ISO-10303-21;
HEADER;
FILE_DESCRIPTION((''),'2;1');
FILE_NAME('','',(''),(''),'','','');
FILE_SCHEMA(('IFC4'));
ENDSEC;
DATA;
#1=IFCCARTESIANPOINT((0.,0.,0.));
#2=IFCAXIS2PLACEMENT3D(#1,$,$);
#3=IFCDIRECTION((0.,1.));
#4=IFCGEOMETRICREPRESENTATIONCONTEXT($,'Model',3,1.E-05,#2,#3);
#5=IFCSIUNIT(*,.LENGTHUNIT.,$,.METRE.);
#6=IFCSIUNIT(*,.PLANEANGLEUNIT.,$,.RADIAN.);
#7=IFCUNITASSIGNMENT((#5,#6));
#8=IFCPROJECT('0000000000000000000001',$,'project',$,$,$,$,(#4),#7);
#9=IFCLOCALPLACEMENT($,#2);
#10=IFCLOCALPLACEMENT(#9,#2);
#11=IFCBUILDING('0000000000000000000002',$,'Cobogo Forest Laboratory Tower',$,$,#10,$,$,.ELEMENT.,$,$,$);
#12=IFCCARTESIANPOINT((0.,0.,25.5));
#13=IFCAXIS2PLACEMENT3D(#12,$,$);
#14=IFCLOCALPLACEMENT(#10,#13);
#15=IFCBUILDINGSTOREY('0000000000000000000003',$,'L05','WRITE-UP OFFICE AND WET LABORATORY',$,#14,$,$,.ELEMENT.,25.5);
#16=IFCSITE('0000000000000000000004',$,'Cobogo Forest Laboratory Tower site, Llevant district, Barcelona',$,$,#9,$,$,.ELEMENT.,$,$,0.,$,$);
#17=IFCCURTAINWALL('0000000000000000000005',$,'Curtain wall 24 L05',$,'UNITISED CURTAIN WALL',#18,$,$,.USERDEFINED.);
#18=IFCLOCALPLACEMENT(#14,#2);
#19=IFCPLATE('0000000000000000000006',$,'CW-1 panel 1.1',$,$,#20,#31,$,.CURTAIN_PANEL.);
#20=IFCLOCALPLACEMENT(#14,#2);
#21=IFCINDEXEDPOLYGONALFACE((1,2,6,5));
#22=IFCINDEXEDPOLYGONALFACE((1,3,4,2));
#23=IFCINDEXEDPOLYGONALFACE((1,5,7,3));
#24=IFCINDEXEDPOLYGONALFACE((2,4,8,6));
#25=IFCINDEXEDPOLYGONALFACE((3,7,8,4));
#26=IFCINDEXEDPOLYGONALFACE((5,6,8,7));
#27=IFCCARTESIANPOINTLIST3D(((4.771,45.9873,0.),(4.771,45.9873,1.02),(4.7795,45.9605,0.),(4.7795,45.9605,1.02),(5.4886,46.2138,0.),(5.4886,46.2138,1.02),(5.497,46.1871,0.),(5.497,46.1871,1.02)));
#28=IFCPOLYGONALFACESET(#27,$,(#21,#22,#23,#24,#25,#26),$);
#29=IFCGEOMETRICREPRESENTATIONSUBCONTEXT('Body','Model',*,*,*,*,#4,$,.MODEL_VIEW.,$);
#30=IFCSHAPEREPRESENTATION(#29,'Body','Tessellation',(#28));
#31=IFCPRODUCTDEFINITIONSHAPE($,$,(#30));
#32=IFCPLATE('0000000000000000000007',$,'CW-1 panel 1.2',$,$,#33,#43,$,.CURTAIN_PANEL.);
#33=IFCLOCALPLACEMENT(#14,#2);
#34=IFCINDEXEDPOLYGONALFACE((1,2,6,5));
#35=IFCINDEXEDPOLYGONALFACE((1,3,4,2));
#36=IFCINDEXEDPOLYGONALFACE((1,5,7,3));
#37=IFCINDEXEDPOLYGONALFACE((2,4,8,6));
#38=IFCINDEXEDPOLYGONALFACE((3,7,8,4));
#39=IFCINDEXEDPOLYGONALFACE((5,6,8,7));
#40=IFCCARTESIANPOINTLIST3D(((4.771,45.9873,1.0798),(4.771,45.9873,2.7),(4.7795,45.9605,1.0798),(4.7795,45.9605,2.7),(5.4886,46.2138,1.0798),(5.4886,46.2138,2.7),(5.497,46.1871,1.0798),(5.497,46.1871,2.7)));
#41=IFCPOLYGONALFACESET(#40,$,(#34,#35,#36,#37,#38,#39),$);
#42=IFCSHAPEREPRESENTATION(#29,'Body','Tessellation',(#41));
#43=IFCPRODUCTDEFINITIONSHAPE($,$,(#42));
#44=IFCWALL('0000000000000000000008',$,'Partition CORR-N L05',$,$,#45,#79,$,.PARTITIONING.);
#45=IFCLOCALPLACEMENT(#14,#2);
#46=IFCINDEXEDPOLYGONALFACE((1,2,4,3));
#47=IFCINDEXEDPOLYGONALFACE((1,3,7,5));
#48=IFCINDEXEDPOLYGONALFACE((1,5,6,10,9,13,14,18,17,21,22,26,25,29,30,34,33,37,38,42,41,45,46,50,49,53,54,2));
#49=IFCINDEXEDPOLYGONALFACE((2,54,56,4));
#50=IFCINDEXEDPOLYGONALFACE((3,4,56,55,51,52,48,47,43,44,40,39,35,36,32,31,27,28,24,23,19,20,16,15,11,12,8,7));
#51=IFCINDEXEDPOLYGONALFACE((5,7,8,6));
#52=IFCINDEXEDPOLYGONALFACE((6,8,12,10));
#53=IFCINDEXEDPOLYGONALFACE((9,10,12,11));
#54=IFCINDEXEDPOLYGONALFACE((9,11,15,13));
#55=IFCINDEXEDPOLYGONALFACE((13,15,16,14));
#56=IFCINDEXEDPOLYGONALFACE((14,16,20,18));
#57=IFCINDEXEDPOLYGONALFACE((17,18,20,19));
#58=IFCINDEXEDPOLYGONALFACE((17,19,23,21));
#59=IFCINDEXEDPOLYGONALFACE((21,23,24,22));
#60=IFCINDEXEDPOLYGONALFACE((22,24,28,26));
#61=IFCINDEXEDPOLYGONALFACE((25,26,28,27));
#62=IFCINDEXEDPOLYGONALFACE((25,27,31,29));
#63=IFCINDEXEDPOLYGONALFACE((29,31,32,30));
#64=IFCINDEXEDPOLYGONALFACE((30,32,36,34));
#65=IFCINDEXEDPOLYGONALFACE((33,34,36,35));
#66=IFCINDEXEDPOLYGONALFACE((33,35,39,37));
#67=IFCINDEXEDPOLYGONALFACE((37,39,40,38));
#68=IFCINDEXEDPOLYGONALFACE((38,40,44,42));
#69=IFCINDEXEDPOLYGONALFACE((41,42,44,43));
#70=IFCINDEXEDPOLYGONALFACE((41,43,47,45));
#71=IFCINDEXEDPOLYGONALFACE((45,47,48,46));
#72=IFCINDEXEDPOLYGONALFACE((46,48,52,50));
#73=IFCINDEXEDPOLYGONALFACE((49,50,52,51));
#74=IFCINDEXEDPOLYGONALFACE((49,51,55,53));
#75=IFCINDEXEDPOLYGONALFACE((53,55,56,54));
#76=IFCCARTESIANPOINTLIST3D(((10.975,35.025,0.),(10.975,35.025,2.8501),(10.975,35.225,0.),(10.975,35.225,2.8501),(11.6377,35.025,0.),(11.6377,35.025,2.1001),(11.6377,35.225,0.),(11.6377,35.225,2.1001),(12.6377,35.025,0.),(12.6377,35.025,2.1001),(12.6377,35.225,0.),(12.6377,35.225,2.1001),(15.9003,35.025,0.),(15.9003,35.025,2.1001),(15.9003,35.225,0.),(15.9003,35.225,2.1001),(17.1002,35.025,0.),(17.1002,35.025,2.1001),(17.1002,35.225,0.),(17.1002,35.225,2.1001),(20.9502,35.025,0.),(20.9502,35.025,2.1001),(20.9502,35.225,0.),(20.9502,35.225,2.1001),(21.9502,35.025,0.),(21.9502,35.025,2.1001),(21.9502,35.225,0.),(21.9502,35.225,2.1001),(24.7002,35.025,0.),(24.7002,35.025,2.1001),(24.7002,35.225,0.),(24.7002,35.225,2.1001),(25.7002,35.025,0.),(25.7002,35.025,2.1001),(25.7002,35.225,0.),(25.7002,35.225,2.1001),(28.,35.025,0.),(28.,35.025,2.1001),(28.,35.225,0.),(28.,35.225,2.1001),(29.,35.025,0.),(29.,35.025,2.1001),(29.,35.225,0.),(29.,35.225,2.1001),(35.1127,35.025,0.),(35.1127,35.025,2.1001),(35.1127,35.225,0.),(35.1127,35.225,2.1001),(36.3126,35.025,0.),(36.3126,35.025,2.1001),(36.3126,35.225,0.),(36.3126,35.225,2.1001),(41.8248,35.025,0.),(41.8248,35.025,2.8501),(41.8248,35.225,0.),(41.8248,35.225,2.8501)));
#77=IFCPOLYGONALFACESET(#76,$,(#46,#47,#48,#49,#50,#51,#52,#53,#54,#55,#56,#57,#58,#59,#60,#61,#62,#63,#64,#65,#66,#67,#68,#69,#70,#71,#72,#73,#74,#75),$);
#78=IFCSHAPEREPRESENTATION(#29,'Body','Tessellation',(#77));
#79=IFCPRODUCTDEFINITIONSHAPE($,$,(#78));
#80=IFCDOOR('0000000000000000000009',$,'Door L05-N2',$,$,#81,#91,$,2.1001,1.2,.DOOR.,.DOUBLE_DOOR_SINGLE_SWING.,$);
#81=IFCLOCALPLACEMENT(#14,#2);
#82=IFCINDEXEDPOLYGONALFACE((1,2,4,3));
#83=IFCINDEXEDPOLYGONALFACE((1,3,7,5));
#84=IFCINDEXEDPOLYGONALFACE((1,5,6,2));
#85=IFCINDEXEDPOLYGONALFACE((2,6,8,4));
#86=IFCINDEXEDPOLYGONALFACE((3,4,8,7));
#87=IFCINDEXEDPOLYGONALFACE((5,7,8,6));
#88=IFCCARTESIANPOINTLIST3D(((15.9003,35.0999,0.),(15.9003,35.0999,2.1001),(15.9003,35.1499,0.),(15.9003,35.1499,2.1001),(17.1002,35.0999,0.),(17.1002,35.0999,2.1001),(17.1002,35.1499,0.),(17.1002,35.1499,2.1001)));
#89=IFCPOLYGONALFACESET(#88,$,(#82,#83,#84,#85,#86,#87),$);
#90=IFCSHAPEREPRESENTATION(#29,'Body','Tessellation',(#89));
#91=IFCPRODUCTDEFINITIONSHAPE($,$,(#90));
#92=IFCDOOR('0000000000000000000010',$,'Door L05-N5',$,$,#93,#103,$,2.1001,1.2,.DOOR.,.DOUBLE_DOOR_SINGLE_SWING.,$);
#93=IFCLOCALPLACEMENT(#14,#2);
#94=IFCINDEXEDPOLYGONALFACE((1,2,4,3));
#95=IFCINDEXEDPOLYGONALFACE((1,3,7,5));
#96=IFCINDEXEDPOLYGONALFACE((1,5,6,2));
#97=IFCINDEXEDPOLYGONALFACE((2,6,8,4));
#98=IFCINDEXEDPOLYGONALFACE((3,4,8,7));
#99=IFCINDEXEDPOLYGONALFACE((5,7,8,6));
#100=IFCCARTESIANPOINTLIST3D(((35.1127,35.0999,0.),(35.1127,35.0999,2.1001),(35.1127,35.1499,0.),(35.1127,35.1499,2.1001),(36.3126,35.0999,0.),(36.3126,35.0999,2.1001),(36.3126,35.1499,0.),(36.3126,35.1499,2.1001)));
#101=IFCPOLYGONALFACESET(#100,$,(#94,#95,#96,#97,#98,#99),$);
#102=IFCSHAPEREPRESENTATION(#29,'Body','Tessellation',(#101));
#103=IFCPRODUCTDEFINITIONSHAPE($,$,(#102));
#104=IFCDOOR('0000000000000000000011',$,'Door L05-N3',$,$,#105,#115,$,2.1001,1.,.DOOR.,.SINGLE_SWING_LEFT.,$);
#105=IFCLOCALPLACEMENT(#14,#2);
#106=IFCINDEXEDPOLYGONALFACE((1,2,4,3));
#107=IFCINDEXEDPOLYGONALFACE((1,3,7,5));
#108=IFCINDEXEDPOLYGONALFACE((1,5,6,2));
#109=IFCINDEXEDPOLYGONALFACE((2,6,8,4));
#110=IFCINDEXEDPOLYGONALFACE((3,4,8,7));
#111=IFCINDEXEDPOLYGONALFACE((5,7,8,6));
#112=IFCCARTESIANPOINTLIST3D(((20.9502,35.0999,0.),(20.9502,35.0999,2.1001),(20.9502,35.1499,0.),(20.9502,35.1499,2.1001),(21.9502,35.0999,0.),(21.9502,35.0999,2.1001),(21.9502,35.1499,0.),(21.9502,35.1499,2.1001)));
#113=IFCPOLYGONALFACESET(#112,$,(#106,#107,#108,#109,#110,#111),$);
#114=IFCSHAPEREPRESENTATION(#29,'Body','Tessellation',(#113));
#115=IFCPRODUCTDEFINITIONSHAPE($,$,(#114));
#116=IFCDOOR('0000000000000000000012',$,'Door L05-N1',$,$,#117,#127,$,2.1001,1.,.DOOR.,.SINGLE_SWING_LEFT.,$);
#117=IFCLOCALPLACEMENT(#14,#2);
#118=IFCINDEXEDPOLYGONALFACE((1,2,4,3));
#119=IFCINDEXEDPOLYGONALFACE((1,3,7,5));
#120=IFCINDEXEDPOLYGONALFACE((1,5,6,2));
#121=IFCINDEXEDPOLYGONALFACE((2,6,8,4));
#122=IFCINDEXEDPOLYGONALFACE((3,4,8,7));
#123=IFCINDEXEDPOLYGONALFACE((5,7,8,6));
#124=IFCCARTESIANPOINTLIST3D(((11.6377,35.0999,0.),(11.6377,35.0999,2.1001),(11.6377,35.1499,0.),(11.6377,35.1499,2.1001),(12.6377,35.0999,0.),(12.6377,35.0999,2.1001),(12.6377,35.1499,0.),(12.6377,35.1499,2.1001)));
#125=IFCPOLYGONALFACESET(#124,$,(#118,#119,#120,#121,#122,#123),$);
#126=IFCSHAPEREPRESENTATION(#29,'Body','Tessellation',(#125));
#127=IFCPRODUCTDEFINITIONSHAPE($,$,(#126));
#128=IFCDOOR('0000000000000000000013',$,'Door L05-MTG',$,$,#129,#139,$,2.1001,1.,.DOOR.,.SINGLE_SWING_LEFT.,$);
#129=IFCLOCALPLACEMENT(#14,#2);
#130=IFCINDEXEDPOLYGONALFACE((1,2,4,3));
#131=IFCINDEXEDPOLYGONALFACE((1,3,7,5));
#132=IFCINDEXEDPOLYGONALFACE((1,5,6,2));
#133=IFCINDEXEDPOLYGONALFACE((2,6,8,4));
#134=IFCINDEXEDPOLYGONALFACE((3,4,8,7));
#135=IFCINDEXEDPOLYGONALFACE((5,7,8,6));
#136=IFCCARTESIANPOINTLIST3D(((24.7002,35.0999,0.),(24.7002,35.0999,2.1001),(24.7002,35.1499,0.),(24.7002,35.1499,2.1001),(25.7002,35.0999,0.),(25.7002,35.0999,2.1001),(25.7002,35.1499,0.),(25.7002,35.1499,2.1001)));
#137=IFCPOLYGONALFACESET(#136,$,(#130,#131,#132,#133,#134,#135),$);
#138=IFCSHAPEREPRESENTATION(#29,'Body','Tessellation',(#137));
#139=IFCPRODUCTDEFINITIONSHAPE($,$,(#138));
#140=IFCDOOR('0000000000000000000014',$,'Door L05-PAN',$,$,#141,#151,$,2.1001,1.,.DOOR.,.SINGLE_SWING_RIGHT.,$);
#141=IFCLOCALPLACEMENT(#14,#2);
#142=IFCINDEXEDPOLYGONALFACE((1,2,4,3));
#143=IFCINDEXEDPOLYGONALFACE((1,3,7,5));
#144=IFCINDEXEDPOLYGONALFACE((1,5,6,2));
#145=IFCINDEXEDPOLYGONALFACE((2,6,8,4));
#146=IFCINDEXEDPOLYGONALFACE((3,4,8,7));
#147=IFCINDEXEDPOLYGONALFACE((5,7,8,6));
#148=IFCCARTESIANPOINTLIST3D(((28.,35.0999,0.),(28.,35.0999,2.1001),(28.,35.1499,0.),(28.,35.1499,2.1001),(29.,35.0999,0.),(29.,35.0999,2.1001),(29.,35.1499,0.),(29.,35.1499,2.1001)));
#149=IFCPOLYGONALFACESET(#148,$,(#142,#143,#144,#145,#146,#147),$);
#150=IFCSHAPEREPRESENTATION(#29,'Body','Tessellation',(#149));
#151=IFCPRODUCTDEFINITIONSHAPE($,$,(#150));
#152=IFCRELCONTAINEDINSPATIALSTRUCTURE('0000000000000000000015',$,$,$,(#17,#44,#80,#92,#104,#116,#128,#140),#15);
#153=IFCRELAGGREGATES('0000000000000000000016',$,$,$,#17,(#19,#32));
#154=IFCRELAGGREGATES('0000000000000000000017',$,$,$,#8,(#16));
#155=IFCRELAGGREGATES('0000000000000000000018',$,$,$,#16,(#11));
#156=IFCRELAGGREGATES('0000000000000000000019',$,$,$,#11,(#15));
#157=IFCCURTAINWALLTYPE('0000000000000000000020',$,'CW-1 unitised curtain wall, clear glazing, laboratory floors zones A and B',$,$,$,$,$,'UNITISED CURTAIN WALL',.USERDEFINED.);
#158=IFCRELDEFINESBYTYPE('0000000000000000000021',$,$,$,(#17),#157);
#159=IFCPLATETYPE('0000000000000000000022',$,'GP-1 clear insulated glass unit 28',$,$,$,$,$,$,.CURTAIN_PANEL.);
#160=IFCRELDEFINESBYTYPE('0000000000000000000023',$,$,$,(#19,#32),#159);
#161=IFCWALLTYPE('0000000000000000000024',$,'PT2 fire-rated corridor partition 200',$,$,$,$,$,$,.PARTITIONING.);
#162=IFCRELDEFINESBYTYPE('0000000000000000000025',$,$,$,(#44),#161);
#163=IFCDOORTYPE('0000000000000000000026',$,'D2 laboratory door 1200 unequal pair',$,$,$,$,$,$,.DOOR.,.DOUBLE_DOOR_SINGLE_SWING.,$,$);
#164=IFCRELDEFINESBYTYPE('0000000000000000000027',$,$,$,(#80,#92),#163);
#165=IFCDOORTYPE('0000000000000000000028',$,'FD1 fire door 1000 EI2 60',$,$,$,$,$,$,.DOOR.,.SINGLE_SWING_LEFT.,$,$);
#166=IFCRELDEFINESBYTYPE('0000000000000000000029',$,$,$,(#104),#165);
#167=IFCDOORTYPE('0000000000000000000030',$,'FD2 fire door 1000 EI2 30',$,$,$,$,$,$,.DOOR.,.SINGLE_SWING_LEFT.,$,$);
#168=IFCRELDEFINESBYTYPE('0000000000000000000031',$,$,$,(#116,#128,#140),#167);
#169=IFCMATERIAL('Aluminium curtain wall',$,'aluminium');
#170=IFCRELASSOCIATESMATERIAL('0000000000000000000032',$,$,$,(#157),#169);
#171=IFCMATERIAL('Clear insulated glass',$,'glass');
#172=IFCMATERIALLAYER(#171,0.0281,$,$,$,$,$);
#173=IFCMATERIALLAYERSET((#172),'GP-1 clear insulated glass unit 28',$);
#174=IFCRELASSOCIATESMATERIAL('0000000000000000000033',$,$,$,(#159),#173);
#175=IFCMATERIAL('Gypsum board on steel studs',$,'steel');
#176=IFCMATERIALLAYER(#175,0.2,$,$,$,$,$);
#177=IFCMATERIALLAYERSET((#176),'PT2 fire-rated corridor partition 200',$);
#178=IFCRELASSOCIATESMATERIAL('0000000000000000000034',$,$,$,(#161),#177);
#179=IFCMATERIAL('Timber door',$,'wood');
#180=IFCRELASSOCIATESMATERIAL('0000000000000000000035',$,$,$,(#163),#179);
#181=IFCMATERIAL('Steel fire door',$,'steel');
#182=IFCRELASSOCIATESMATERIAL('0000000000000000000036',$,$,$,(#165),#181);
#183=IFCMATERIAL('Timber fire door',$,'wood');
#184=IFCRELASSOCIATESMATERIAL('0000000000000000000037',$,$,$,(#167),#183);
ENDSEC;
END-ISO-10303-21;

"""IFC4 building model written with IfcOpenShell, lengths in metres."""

from ifc_helpers import new_model, si_unit, direction, frame, frame_2d, origin, origin_2d, place, context, subcontext, project, spatial, rectangle, extrude, material, layer, layer_set, type_object, element, fill, aggregate, save


model = new_model("IFC4")

# Units and contexts
model_context = context("Model", 3, precision=1e-05, world=origin(), true_north=direction((0.0, 1.0)))
body_context = subcontext(model_context, "Body", "Model", "MODEL_VIEW")
ifc_project = project(units=[si_unit("LENGTHUNIT", "METRE"), si_unit("PLANEANGLEUNIT", "RADIAN")], contexts=[model_context])

# Site, building, storey
site_placement = place(None, origin())
site = spatial("IfcSite", under=ifc_project, at=site_placement, Name="Cobogo Forest Laboratory Tower site, Llevant district, Barcelona", CompositionType="ELEMENT", RefElevation=0.0)
building_placement = place(site_placement, origin())
building = spatial("IfcBuilding", under=site, at=building_placement, Name="Cobogo Forest Laboratory Tower", CompositionType="ELEMENT")
storey_placement = place(building_placement, frame((0.0, 0.0, 25.5)))
storey = spatial("IfcBuildingStorey", under=building, at=storey_placement, Name="L05", Description="WRITE-UP OFFICE AND WET LABORATORY", CompositionType="ELEMENT", Elevation=25.5)

# Curtain wall
ifc_material_1 = material(Name="Aluminium curtain wall", Category="aluminium")
curtain_wall_type = type_object("IfcCurtainWallType", Name="CW-1 unitised curtain wall, clear glazing, laboratory floors zones A and B", ElementType="UNITISED CURTAIN WALL", PredefinedType="USERDEFINED", material=ifc_material_1)
curtain_wall_1_placement = place(storey_placement, origin())
curtain_wall_1 = element("IfcCurtainWall", 1, at=curtain_wall_1_placement, inside=storey, type_object=curtain_wall_type, Name="Curtain wall 24 L05", ObjectType="UNITISED CURTAIN WALL", PredefinedType="USERDEFINED")

# Plates
ifc_material_2 = material(Name="Clear insulated glass", Category="glass")
ifc_layer_1 = layer(ifc_material_2, 0.0281)
ifc_layer_set_1 = layer_set([ifc_layer_1], Name="GP-1 clear insulated glass unit 28")
plate_type_1 = type_object("IfcPlateType", Name="GP-1 clear insulated glass unit 28", PredefinedType="CURTAIN_PANEL", material=ifc_layer_set_1)
plate_1_placement = place(storey_placement, frame((5.134, 46.0872, 0.0), z_axis=(0.0, 0.0, 1.0), x_axis=(-0.953582, -0.301135, 0.0)))
plate_1 = element("IfcPlate", 2, at=plate_1_placement, type_object=plate_type_1, Name="CW-1 panel 1.1", PredefinedType="CURTAIN_PANEL", context=body_context, shape_type="SweptSolid", body=[
    extrude(rectangle(XDim=0.7524, YDim=0.0281, at=origin_2d()), origin(), (0.0, 0.0, 1.0), 1.02),
])
plate_2_placement = place(storey_placement, frame((5.134, 46.0872, 1.0798), z_axis=(0.0, 0.0, 1.0), x_axis=(-0.953582, -0.301135, 0.0)))
plate_2 = element("IfcPlate", 3, at=plate_2_placement, type_object=plate_type_1, Name="CW-1 panel 1.2", PredefinedType="CURTAIN_PANEL", context=body_context, shape_type="SweptSolid", body=[
    extrude(rectangle(XDim=0.7524, YDim=0.0281, at=origin_2d()), origin(), (0.0, 0.0, 1.0), 1.6201),
])
aggregate(curtain_wall_1, [plate_1, plate_2])

# Wall, openings, doors
ifc_material_3 = material(Name="Gypsum board on steel studs", Category="steel")
ifc_layer_2 = layer(ifc_material_3, 0.2)
ifc_layer_set_2 = layer_set([ifc_layer_2], Name="PT2 fire-rated corridor partition 200")
wall_type = type_object("IfcWallType", Name="PT2 fire-rated corridor partition 200", PredefinedType="PARTITIONING", material=ifc_layer_set_2)
wall_placement = place(storey_placement, frame((10.9751, 35.125, 0.0), z_axis=(0.0, 0.0, 1.0), x_axis=(1.0, 0.0, 0.0)))
wall = element("IfcWall", 4, at=wall_placement, inside=storey, type_object=wall_type, Name="Partition CORR-N L05", PredefinedType="PARTITIONING", context=body_context, shape_type="SweptSolid", body=[
    extrude(rectangle(XDim=30.8499, YDim=0.2, at=frame_2d((15.4248, 0.0))), origin(), (0.0, 0.0, 1.0), 2.8501),
])
opening_1_placement = place(wall_placement, frame((0.6626, 0.0, 0.0)))
opening_1 = element("IfcOpeningElement", 5, at=opening_1_placement, cuts=wall, PredefinedType="OPENING", context=body_context, shape_type="SweptSolid", body=[
    extrude(rectangle(XDim=1.0, YDim=2.1001, at=frame_2d((0.5, 1.05))), frame((0.0, 0.1099, 0.0), z_axis=(0.0, -1.0, 0.0), x_axis=(1.0, 0.0, 0.0)), (0.0, 0.0, 1.0), 0.22),
])
opening_2_placement = place(wall_placement, frame((4.925, 0.0, 0.0)))
opening_2 = element("IfcOpeningElement", 6, at=opening_2_placement, cuts=wall, PredefinedType="OPENING", context=body_context, shape_type="SweptSolid", body=[
    extrude(rectangle(XDim=1.2, YDim=2.1001, at=frame_2d((0.6001, 1.05))), frame((0.0, 0.1099, 0.0), z_axis=(0.0, -1.0, 0.0), x_axis=(1.0, 0.0, 0.0)), (0.0, 0.0, 1.0), 0.22),
])
opening_3_placement = place(wall_placement, frame((9.9751, 0.0, 0.0)))
opening_3 = element("IfcOpeningElement", 7, at=opening_3_placement, cuts=wall, PredefinedType="OPENING", context=body_context, shape_type="SweptSolid", body=[
    extrude(rectangle(XDim=1.0, YDim=2.1001, at=frame_2d((0.5, 1.05))), frame((0.0, 0.1099, 0.0), z_axis=(0.0, -1.0, 0.0), x_axis=(1.0, 0.0, 0.0)), (0.0, 0.0, 1.0), 0.22),
])
opening_4_placement = place(wall_placement, frame((13.7251, 0.0, 0.0)))
opening_4 = element("IfcOpeningElement", 8, at=opening_4_placement, cuts=wall, PredefinedType="OPENING", context=body_context, shape_type="SweptSolid", body=[
    extrude(rectangle(XDim=1.0, YDim=2.1001, at=frame_2d((0.5, 1.05))), frame((0.0, 0.1099, 0.0), z_axis=(0.0, -1.0, 0.0), x_axis=(1.0, 0.0, 0.0)), (0.0, 0.0, 1.0), 0.22),
])
opening_5_placement = place(wall_placement, frame((17.0249, 0.0, 0.0)))
opening_5 = element("IfcOpeningElement", 9, at=opening_5_placement, cuts=wall, PredefinedType="OPENING", context=body_context, shape_type="SweptSolid", body=[
    extrude(rectangle(XDim=1.0, YDim=2.1001, at=frame_2d((0.5, 1.05))), frame((0.0, 0.1099, 0.0), z_axis=(0.0, -1.0, 0.0), x_axis=(1.0, 0.0, 0.0)), (0.0, 0.0, 1.0), 0.22),
])
opening_6_placement = place(wall_placement, frame((24.1375, 0.0, 0.0)))
opening_6 = element("IfcOpeningElement", 10, at=opening_6_placement, cuts=wall, PredefinedType="OPENING", context=body_context, shape_type="SweptSolid", body=[
    extrude(rectangle(XDim=1.2, YDim=2.1001, at=frame_2d((0.6001, 1.05))), frame((0.0, 0.1099, 0.0), z_axis=(0.0, -1.0, 0.0), x_axis=(1.0, 0.0, 0.0)), (0.0, 0.0, 1.0), 0.22),
])
ifc_material_4 = material(Name="Timber door", Category="wood")
door_type_1 = type_object("IfcDoorType", Name="D2 laboratory door 1200 unequal pair", OperationType="DOUBLE_DOOR_SINGLE_SWING", PredefinedType="DOOR", material=ifc_material_4)
door_1_placement = place(opening_2_placement, origin())
door_1 = element("IfcDoor", 11, at=door_1_placement, inside=storey, type_object=door_type_1, Name="Door L05-N2", OperationType="DOUBLE_DOOR_SINGLE_SWING", OverallHeight=2.1001, OverallWidth=1.2, PredefinedType="DOOR", context=body_context, shape_type="SweptSolid", body=[
    extrude(rectangle(XDim=1.2, YDim=2.1001, at=frame_2d((0.6001, 1.05))), frame((0.0, 0.0249, 0.0), z_axis=(0.0, -1.0, 0.0), x_axis=(1.0, 0.0, 0.0)), (0.0, 0.0, 1.0), 0.05),
])
fill(opening_2, door_1)
door_2_placement = place(opening_6_placement, origin())
door_2 = element("IfcDoor", 12, at=door_2_placement, inside=storey, type_object=door_type_1, Name="Door L05-N5", OperationType="DOUBLE_DOOR_SINGLE_SWING", OverallHeight=2.1001, OverallWidth=1.2, PredefinedType="DOOR", context=body_context, shape_type="SweptSolid", body=[
    extrude(rectangle(XDim=1.2, YDim=2.1001, at=frame_2d((0.6001, 1.05))), frame((0.0, 0.0249, 0.0), z_axis=(0.0, -1.0, 0.0), x_axis=(1.0, 0.0, 0.0)), (0.0, 0.0, 1.0), 0.05),
])
fill(opening_6, door_2)
ifc_material_5 = material(Name="Steel fire door", Category="steel")
door_type_2 = type_object("IfcDoorType", Name="FD1 fire door 1000 EI2 60", OperationType="SINGLE_SWING_LEFT", PredefinedType="DOOR", material=ifc_material_5)
door_3_placement = place(opening_3_placement, origin())
door_3 = element("IfcDoor", 13, at=door_3_placement, inside=storey, type_object=door_type_2, Name="Door L05-N3", OperationType="SINGLE_SWING_LEFT", OverallHeight=2.1001, OverallWidth=1.0, PredefinedType="DOOR", context=body_context, shape_type="SweptSolid", body=[
    extrude(rectangle(XDim=1.0, YDim=2.1001, at=frame_2d((0.5, 1.05))), frame((0.0, 0.0249, 0.0), z_axis=(0.0, -1.0, 0.0), x_axis=(1.0, 0.0, 0.0)), (0.0, 0.0, 1.0), 0.05),
])
fill(opening_3, door_3)
ifc_material_6 = material(Name="Timber fire door", Category="wood")
door_type_3 = type_object("IfcDoorType", Name="FD2 fire door 1000 EI2 30", OperationType="SINGLE_SWING_LEFT", PredefinedType="DOOR", material=ifc_material_6)
door_4_placement = place(opening_1_placement, origin())
door_4 = element("IfcDoor", 14, at=door_4_placement, inside=storey, type_object=door_type_3, Name="Door L05-N1", OperationType="SINGLE_SWING_LEFT", OverallHeight=2.1001, OverallWidth=1.0, PredefinedType="DOOR", context=body_context, shape_type="SweptSolid", body=[
    extrude(rectangle(XDim=1.0, YDim=2.1001, at=frame_2d((0.5, 1.05))), frame((0.0, 0.0249, 0.0), z_axis=(0.0, -1.0, 0.0), x_axis=(1.0, 0.0, 0.0)), (0.0, 0.0, 1.0), 0.05),
])
fill(opening_1, door_4)
door_5_placement = place(opening_4_placement, origin())
door_5 = element("IfcDoor", 15, at=door_5_placement, inside=storey, type_object=door_type_3, Name="Door L05-MTG", OperationType="SINGLE_SWING_LEFT", OverallHeight=2.1001, OverallWidth=1.0, PredefinedType="DOOR", context=body_context, shape_type="SweptSolid", body=[
    extrude(rectangle(XDim=1.0, YDim=2.1001, at=frame_2d((0.5, 1.05))), frame((0.0, 0.0249, 0.0), z_axis=(0.0, -1.0, 0.0), x_axis=(1.0, 0.0, 0.0)), (0.0, 0.0, 1.0), 0.05),
])
fill(opening_4, door_5)
door_6_placement = place(opening_5_placement, origin())
door_6 = element("IfcDoor", 16, at=door_6_placement, inside=storey, type_object=door_type_3, Name="Door L05-PAN", OperationType="SINGLE_SWING_RIGHT", OverallHeight=2.1001, OverallWidth=1.0, PredefinedType="DOOR", context=body_context, shape_type="SweptSolid", body=[
    extrude(rectangle(XDim=1.0, YDim=2.1001, at=frame_2d((0.5, 1.05))), frame((0.0, 0.0249, 0.0), z_axis=(0.0, -1.0, 0.0), x_axis=(1.0, 0.0, 0.0)), (0.0, 0.0, 1.0), 0.05),
])
fill(opening_5, door_6)

save(model, "model.ifc")
